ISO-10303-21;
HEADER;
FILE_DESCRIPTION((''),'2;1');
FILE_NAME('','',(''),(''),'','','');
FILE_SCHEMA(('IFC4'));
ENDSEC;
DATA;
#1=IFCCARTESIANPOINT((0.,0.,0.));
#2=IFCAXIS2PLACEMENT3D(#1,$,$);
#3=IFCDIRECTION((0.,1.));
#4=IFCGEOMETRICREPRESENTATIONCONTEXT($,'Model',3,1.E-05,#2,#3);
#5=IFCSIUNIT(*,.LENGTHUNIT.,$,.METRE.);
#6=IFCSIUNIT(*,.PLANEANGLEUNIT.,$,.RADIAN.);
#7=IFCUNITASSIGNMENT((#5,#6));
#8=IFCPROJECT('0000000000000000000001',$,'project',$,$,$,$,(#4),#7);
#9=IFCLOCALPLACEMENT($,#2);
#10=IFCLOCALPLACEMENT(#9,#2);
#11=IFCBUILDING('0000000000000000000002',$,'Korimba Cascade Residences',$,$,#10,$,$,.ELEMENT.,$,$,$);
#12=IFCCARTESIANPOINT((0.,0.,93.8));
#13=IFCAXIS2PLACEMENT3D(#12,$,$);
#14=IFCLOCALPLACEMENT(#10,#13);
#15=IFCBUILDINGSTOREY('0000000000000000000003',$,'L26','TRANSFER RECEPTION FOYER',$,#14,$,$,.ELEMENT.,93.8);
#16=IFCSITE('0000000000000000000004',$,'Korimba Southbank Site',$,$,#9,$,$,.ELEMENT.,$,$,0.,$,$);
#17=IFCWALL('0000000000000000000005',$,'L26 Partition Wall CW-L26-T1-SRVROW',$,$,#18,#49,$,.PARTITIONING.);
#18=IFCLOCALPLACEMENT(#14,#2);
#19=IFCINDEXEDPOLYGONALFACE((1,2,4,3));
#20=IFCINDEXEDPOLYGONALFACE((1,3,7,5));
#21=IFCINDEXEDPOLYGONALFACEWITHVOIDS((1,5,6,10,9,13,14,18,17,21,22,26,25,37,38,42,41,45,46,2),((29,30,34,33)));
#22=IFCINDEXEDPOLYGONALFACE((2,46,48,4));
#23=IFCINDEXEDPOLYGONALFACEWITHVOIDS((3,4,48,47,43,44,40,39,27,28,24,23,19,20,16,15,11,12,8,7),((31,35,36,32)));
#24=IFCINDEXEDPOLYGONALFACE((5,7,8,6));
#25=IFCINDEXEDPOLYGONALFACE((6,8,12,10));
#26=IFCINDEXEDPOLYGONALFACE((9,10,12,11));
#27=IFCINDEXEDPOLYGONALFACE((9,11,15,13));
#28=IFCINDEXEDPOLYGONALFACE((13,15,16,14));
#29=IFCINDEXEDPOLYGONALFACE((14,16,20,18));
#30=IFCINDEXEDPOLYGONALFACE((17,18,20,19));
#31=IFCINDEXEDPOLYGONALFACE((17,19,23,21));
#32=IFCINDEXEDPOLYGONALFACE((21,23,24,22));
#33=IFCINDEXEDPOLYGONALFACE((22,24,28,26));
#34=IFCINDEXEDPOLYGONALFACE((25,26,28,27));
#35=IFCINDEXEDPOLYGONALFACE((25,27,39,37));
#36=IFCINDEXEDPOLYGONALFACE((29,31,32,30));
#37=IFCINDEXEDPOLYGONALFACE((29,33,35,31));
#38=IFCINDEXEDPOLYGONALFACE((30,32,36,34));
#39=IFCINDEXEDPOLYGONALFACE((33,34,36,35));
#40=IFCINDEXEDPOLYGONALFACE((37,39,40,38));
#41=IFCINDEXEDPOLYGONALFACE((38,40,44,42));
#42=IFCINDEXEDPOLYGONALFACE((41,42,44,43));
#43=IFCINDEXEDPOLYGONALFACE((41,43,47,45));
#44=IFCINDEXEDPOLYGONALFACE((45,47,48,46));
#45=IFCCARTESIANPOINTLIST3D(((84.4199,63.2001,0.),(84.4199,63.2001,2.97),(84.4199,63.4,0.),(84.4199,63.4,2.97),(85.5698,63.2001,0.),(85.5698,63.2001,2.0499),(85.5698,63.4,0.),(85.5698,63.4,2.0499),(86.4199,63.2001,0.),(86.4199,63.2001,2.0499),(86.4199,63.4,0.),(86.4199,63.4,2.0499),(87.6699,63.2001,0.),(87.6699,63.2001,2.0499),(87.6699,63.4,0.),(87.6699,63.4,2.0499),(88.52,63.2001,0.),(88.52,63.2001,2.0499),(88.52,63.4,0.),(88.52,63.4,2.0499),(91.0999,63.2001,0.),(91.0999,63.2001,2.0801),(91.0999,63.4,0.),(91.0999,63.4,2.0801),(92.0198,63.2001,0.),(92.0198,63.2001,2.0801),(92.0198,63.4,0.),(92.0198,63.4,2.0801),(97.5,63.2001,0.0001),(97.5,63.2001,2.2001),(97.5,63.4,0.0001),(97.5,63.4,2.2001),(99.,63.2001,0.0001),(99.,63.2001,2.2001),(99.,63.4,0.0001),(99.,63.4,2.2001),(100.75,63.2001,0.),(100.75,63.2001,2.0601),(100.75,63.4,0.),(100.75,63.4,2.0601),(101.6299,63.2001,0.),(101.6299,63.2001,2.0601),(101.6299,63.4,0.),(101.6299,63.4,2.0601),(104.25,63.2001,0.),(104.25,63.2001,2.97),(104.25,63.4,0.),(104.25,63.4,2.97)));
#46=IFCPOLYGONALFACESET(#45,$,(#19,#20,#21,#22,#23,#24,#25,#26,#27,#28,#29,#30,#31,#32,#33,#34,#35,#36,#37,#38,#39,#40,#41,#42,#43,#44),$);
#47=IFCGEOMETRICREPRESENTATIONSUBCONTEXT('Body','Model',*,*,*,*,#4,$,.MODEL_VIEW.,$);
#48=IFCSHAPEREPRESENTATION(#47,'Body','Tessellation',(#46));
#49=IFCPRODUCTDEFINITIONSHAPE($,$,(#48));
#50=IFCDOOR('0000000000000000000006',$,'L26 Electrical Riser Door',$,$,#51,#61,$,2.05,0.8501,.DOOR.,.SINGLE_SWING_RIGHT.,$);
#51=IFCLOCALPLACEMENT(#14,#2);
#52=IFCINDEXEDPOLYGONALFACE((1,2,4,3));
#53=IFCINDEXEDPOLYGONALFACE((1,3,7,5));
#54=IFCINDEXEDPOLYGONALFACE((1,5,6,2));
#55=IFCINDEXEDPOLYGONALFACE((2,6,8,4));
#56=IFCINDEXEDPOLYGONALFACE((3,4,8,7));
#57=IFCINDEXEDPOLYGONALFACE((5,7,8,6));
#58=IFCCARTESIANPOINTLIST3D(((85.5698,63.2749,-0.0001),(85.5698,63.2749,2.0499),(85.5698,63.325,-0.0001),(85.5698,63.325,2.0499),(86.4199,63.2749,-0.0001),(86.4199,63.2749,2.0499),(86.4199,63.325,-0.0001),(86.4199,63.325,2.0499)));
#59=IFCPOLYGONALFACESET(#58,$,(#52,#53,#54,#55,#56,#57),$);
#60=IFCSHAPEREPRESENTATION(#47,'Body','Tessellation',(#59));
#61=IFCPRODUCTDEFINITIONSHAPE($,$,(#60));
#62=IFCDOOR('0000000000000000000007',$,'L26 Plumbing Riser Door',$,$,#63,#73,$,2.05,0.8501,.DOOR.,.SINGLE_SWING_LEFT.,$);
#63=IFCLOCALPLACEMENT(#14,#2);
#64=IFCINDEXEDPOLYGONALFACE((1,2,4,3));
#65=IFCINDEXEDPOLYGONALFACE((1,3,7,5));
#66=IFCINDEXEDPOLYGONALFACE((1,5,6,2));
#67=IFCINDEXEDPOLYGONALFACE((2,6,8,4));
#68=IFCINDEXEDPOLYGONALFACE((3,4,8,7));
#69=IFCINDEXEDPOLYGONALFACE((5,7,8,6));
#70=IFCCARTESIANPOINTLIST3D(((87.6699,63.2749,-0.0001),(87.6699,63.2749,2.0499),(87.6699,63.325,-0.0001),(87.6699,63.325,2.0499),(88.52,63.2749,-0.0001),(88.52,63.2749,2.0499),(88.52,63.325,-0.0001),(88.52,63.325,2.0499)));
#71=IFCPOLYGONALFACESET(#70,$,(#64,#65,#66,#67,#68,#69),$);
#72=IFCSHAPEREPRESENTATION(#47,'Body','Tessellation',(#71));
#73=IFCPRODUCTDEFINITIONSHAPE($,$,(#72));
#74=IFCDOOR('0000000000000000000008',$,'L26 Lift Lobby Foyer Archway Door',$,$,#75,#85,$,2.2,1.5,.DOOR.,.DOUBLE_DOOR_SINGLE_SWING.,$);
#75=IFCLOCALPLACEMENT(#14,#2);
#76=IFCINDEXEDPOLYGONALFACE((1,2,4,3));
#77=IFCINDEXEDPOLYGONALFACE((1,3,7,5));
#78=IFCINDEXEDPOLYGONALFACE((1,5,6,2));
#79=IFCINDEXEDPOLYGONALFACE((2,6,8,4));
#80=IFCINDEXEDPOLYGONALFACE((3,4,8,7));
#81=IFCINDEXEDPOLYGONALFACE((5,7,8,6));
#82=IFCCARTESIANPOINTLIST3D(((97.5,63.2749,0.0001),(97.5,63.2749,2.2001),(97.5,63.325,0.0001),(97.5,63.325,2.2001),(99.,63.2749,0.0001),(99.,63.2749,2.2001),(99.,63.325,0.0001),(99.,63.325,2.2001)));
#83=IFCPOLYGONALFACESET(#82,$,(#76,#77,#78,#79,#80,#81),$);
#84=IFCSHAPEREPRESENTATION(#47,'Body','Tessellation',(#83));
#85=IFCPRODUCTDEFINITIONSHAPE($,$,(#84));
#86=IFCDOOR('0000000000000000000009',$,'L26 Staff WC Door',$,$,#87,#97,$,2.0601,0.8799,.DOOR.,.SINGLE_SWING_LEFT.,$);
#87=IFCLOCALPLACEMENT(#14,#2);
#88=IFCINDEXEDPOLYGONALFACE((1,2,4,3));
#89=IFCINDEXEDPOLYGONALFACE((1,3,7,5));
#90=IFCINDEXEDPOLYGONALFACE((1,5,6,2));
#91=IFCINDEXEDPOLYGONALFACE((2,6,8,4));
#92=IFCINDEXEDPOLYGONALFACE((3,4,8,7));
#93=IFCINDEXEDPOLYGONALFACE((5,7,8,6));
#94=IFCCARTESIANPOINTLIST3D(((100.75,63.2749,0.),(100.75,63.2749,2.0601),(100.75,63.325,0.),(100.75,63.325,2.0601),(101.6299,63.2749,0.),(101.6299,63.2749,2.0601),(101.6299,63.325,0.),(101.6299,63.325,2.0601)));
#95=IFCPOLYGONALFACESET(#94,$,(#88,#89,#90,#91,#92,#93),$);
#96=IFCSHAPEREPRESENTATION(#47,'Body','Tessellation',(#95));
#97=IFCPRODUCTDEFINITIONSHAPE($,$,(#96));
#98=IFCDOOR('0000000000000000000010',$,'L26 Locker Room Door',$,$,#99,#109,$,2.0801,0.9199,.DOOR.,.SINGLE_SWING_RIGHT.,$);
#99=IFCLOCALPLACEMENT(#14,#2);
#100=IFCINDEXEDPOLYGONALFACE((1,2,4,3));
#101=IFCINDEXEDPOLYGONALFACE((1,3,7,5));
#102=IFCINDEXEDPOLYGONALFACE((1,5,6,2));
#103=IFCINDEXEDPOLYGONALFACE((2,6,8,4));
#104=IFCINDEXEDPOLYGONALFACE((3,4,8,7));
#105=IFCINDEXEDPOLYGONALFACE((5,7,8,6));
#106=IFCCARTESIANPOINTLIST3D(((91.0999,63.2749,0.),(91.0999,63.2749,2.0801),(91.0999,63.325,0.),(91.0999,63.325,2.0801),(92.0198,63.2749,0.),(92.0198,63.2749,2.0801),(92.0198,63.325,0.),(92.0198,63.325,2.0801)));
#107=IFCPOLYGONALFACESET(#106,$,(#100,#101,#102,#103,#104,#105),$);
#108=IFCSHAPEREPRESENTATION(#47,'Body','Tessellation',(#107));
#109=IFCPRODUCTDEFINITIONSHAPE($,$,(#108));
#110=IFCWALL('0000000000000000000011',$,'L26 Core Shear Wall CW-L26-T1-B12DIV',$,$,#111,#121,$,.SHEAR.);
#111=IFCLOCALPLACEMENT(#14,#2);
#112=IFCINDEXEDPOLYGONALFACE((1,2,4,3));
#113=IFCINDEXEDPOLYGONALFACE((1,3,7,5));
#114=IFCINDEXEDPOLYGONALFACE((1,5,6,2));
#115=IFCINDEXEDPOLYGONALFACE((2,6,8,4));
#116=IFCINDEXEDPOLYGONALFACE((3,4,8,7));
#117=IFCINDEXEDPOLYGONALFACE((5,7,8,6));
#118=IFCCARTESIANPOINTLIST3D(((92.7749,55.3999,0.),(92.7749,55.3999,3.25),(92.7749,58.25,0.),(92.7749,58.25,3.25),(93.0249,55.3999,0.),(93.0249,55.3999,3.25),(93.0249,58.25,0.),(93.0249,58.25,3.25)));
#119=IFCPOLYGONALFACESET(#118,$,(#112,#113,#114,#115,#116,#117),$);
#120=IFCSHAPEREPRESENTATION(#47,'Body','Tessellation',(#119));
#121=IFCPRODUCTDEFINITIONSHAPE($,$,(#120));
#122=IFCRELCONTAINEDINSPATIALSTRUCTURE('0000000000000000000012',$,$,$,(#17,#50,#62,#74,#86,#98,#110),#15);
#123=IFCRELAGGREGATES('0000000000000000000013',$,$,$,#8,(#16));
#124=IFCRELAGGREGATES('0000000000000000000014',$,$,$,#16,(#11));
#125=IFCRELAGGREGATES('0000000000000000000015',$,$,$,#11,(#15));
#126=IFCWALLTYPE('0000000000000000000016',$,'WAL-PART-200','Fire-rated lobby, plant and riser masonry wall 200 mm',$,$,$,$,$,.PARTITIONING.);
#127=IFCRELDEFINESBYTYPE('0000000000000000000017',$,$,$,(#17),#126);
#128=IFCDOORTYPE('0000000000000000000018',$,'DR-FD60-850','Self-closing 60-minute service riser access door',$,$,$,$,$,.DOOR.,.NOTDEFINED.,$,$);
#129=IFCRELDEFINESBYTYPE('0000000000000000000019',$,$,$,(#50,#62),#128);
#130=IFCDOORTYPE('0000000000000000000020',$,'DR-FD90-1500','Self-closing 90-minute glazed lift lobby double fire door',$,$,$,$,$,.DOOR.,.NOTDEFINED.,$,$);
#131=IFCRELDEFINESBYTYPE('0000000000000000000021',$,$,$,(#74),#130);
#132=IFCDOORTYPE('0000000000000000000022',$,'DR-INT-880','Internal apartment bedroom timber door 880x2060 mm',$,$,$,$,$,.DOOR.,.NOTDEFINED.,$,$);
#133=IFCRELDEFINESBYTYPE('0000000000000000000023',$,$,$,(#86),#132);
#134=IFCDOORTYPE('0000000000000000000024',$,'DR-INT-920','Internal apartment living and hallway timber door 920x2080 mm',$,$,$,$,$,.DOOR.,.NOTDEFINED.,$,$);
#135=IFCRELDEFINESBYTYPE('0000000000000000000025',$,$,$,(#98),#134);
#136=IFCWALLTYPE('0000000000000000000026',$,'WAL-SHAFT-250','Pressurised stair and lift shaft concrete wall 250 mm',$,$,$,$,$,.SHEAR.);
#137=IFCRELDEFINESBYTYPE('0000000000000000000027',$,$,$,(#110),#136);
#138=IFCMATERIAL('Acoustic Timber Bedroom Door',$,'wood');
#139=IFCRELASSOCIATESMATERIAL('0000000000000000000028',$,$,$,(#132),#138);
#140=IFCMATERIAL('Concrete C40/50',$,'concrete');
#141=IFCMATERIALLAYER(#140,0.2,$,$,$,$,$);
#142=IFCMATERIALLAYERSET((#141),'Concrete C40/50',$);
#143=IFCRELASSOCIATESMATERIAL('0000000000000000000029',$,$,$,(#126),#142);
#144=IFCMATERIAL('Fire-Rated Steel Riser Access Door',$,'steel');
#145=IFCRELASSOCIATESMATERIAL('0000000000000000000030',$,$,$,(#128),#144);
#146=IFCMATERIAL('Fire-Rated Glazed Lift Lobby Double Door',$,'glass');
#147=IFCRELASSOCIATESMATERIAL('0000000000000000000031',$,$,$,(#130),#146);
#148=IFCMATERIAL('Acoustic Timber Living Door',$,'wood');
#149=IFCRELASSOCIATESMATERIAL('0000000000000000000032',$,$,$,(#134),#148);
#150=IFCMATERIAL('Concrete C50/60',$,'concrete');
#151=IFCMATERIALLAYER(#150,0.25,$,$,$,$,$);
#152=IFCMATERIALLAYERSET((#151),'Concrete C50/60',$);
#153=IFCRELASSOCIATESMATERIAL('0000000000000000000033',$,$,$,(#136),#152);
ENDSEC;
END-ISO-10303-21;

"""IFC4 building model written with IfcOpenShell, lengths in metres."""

from ifc_helpers import new_model, si_unit, direction, frame, frame_2d, origin, place, context, subcontext, project, spatial, rectangle, extrude, material, layer, layer_set, type_object, element, fill, save


model = new_model("IFC4")

# Units and contexts
model_context = context("Model", 3, precision=1e-05, world=origin(), true_north=direction((0.0, 1.0)))
body_context = subcontext(model_context, "Body", "Model", "MODEL_VIEW")
ifc_project = project(units=[si_unit("LENGTHUNIT", "METRE"), si_unit("PLANEANGLEUNIT", "RADIAN")], contexts=[model_context])

# Site, building, storey
site_placement = place(None, origin())
site = spatial("IfcSite", under=ifc_project, at=site_placement, Name="Korimba Southbank Site", CompositionType="ELEMENT", RefElevation=0.0)
building_placement = place(site_placement, origin())
building = spatial("IfcBuilding", under=site, at=building_placement, Name="Korimba Cascade Residences", CompositionType="ELEMENT")
storey_placement = place(building_placement, frame((0.0, 0.0, 93.8)))
storey = spatial("IfcBuildingStorey", under=building, at=storey_placement, Name="L26", Description="TRANSFER RECEPTION FOYER", CompositionType="ELEMENT", Elevation=93.8)

# Shared definitions
ifc_material_1 = material(Name="Acoustic Timber Bedroom Door", Category="wood")
door_type_1 = type_object("IfcDoorType", Name="DR-INT-880", Description="Internal apartment bedroom timber door 880x2060 mm", OperationType="NOTDEFINED", PredefinedType="DOOR", material=ifc_material_1)

# Shared definitions
ifc_material_2 = material(Name="Concrete C40/50", Category="concrete")
ifc_layer_1 = layer(ifc_material_2, 0.2)
ifc_layer_set_1 = layer_set([ifc_layer_1], Name="Concrete C40/50")
wall_type_1 = type_object("IfcWallType", Name="WAL-PART-200", Description="Fire-rated lobby, plant and riser masonry wall 200 mm", PredefinedType="PARTITIONING", material=ifc_layer_set_1)

# Wall, openings, doors
wall_1_placement = place(storey_placement, frame((84.4199, 63.3, 0.0), z_axis=(0.0, 0.0, 1.0), x_axis=(1.0, 0.0, 0.0)))
wall_1 = element("IfcWall", 1, at=wall_1_placement, inside=storey, type_object=wall_type_1, Name="L26 Partition Wall CW-L26-T1-SRVROW", PredefinedType="PARTITIONING", context=body_context, shape_type="SweptSolid", body=[
    extrude(rectangle(XDim=19.8301, YDim=0.2, at=frame_2d((9.915, 0.0))), origin(), (0.0, 0.0, 1.0), 2.97),
])
opening_1_placement = place(wall_1_placement, frame((1.1499, 0.0, 0.0)))
opening_1 = element("IfcOpeningElement", 2, at=opening_1_placement, cuts=wall_1, PredefinedType="OPENING", context=body_context, shape_type="SweptSolid", body=[
    extrude(rectangle(XDim=0.8501, YDim=2.05, at=frame_2d((0.425, 1.0249))), frame((0.0, 0.1099, 0.0), z_axis=(0.0, -1.0, 0.0), x_axis=(1.0, 0.0, 0.0)), (0.0, 0.0, 1.0), 0.22),
])
opening_2_placement = place(wall_1_placement, frame((3.25, 0.0, 0.0)))
opening_2 = element("IfcOpeningElement", 3, at=opening_2_placement, cuts=wall_1, PredefinedType="OPENING", context=body_context, shape_type="SweptSolid", body=[
    extrude(rectangle(XDim=0.8501, YDim=2.05, at=frame_2d((0.425, 1.0249))), frame((0.0, 0.1099, 0.0), z_axis=(0.0, -1.0, 0.0), x_axis=(1.0, 0.0, 0.0)), (0.0, 0.0, 1.0), 0.22),
])
opening_3_placement = place(wall_1_placement, frame((13.0801, 0.0, 0.0)))
opening_3 = element("IfcOpeningElement", 4, at=opening_3_placement, cuts=wall_1, PredefinedType="OPENING", context=body_context, shape_type="SweptSolid", body=[
    extrude(rectangle(XDim=1.5, YDim=2.2, at=frame_2d((0.75, 1.1001))), frame((0.0, 0.1099, 0.0), z_axis=(0.0, -1.0, 0.0), x_axis=(1.0, 0.0, 0.0)), (0.0, 0.0, 1.0), 0.22),
])
opening_4_placement = place(wall_1_placement, frame((6.6799, 0.0, 0.0)))
opening_4 = element("IfcOpeningElement", 5, at=opening_4_placement, cuts=wall_1, PredefinedType="OPENING", context=body_context, shape_type="SweptSolid", body=[
    extrude(rectangle(XDim=0.9199, YDim=2.0801, at=frame_2d((0.46, 1.04))), frame((0.0, 0.1099, 0.0), z_axis=(0.0, -1.0, 0.0), x_axis=(1.0, 0.0, 0.0)), (0.0, 0.0, 1.0), 0.22),
])
opening_5_placement = place(wall_1_placement, frame((16.3301, 0.0, 0.0)))
opening_5 = element("IfcOpeningElement", 6, at=opening_5_placement, cuts=wall_1, PredefinedType="OPENING", context=body_context, shape_type="SweptSolid", body=[
    extrude(rectangle(XDim=0.8799, YDim=2.0601, at=frame_2d((0.4399, 1.03))), frame((0.0, 0.1099, 0.0), z_axis=(0.0, -1.0, 0.0), x_axis=(1.0, 0.0, 0.0)), (0.0, 0.0, 1.0), 0.22),
])
ifc_material_3 = material(Name="Fire-Rated Steel Riser Access Door", Category="steel")
door_type_2 = type_object("IfcDoorType", Name="DR-FD60-850", Description="Self-closing 60-minute service riser access door", OperationType="NOTDEFINED", PredefinedType="DOOR", material=ifc_material_3)
door_1_placement = place(opening_1_placement, origin())
door_1 = element("IfcDoor", 7, at=door_1_placement, inside=storey, type_object=door_type_2, Name="L26 Electrical Riser Door", OperationType="SINGLE_SWING_RIGHT", OverallHeight=2.05, OverallWidth=0.8501, PredefinedType="DOOR", context=body_context, shape_type="SweptSolid", body=[
    extrude(rectangle(XDim=0.8501, YDim=2.05, at=frame_2d((0.425, 1.0249))), frame((0.0, 0.0249, 0.0), z_axis=(0.0, -1.0, 0.0), x_axis=(1.0, 0.0, 0.0)), (0.0, 0.0, 1.0), 0.05),
])
fill(opening_1, door_1)
door_2_placement = place(opening_2_placement, origin())
door_2 = element("IfcDoor", 8, at=door_2_placement, inside=storey, type_object=door_type_2, Name="L26 Plumbing Riser Door", OperationType="SINGLE_SWING_LEFT", OverallHeight=2.05, OverallWidth=0.8501, PredefinedType="DOOR", context=body_context, shape_type="SweptSolid", body=[
    extrude(rectangle(XDim=0.8501, YDim=2.05, at=frame_2d((0.425, 1.0249))), frame((0.0, 0.0249, 0.0), z_axis=(0.0, -1.0, 0.0), x_axis=(1.0, 0.0, 0.0)), (0.0, 0.0, 1.0), 0.05),
])
fill(opening_2, door_2)
ifc_material_4 = material(Name="Fire-Rated Glazed Lift Lobby Double Door", Category="glass")
door_type_3 = type_object("IfcDoorType", Name="DR-FD90-1500", Description="Self-closing 90-minute glazed lift lobby double fire door", OperationType="NOTDEFINED", PredefinedType="DOOR", material=ifc_material_4)
door_3_placement = place(opening_3_placement, origin())
door_3 = element("IfcDoor", 9, at=door_3_placement, inside=storey, type_object=door_type_3, Name="L26 Lift Lobby Foyer Archway Door", OperationType="DOUBLE_DOOR_SINGLE_SWING", OverallHeight=2.2, OverallWidth=1.5, PredefinedType="DOOR", context=body_context, shape_type="SweptSolid", body=[
    extrude(rectangle(XDim=1.5, YDim=2.2, at=frame_2d((0.75, 1.1001))), frame((0.0, 0.0249, 0.0), z_axis=(0.0, -1.0, 0.0), x_axis=(1.0, 0.0, 0.0)), (0.0, 0.0, 1.0), 0.05),
])
fill(opening_3, door_3)
door_4_placement = place(opening_5_placement, origin())
door_4 = element("IfcDoor", 10, at=door_4_placement, inside=storey, type_object=door_type_1, Name="L26 Staff WC Door", OperationType="SINGLE_SWING_LEFT", OverallHeight=2.0601, OverallWidth=0.8799, PredefinedType="DOOR", context=body_context, shape_type="SweptSolid", body=[
    extrude(rectangle(XDim=0.8799, YDim=2.0601, at=frame_2d((0.4399, 1.03))), frame((0.0, 0.0249, 0.0), z_axis=(0.0, -1.0, 0.0), x_axis=(1.0, 0.0, 0.0)), (0.0, 0.0, 1.0), 0.05),
])
fill(opening_5, door_4)
ifc_material_5 = material(Name="Acoustic Timber Living Door", Category="wood")
door_type_4 = type_object("IfcDoorType", Name="DR-INT-920", Description="Internal apartment living and hallway timber door 920x2080 mm", OperationType="NOTDEFINED", PredefinedType="DOOR", material=ifc_material_5)
door_5_placement = place(opening_4_placement, origin())
door_5 = element("IfcDoor", 11, at=door_5_placement, inside=storey, type_object=door_type_4, Name="L26 Locker Room Door", OperationType="SINGLE_SWING_RIGHT", OverallHeight=2.0801, OverallWidth=0.9199, PredefinedType="DOOR", context=body_context, shape_type="SweptSolid", body=[
    extrude(rectangle(XDim=0.9199, YDim=2.0801, at=frame_2d((0.46, 1.04))), frame((0.0, 0.0249, 0.0), z_axis=(0.0, -1.0, 0.0), x_axis=(1.0, 0.0, 0.0)), (0.0, 0.0, 1.0), 0.05),
])
fill(opening_4, door_5)

# Wall
ifc_material_6 = material(Name="Concrete C50/60", Category="concrete")
ifc_layer_2 = layer(ifc_material_6, 0.25)
ifc_layer_set_2 = layer_set([ifc_layer_2], Name="Concrete C50/60")
wall_type_2 = type_object("IfcWallType", Name="WAL-SHAFT-250", Description="Pressurised stair and lift shaft concrete wall 250 mm", PredefinedType="SHEAR", material=ifc_layer_set_2)
wall_2_placement = place(storey_placement, frame((92.8999, 55.3999, 0.0), z_axis=(0.0, 0.0, 1.0), x_axis=(0.0, 1.0, 0.0)))
element("IfcWall", 12, at=wall_2_placement, inside=storey, type_object=wall_type_2, Name="L26 Core Shear Wall CW-L26-T1-B12DIV", PredefinedType="SHEAR", context=body_context, shape_type="SweptSolid", body=[
    extrude(rectangle(XDim=2.8501, YDim=0.25, at=frame_2d((1.425, 0.0))), origin(), (0.0, 0.0, 1.0), 3.25),
])

save(model, "model.ifc")
